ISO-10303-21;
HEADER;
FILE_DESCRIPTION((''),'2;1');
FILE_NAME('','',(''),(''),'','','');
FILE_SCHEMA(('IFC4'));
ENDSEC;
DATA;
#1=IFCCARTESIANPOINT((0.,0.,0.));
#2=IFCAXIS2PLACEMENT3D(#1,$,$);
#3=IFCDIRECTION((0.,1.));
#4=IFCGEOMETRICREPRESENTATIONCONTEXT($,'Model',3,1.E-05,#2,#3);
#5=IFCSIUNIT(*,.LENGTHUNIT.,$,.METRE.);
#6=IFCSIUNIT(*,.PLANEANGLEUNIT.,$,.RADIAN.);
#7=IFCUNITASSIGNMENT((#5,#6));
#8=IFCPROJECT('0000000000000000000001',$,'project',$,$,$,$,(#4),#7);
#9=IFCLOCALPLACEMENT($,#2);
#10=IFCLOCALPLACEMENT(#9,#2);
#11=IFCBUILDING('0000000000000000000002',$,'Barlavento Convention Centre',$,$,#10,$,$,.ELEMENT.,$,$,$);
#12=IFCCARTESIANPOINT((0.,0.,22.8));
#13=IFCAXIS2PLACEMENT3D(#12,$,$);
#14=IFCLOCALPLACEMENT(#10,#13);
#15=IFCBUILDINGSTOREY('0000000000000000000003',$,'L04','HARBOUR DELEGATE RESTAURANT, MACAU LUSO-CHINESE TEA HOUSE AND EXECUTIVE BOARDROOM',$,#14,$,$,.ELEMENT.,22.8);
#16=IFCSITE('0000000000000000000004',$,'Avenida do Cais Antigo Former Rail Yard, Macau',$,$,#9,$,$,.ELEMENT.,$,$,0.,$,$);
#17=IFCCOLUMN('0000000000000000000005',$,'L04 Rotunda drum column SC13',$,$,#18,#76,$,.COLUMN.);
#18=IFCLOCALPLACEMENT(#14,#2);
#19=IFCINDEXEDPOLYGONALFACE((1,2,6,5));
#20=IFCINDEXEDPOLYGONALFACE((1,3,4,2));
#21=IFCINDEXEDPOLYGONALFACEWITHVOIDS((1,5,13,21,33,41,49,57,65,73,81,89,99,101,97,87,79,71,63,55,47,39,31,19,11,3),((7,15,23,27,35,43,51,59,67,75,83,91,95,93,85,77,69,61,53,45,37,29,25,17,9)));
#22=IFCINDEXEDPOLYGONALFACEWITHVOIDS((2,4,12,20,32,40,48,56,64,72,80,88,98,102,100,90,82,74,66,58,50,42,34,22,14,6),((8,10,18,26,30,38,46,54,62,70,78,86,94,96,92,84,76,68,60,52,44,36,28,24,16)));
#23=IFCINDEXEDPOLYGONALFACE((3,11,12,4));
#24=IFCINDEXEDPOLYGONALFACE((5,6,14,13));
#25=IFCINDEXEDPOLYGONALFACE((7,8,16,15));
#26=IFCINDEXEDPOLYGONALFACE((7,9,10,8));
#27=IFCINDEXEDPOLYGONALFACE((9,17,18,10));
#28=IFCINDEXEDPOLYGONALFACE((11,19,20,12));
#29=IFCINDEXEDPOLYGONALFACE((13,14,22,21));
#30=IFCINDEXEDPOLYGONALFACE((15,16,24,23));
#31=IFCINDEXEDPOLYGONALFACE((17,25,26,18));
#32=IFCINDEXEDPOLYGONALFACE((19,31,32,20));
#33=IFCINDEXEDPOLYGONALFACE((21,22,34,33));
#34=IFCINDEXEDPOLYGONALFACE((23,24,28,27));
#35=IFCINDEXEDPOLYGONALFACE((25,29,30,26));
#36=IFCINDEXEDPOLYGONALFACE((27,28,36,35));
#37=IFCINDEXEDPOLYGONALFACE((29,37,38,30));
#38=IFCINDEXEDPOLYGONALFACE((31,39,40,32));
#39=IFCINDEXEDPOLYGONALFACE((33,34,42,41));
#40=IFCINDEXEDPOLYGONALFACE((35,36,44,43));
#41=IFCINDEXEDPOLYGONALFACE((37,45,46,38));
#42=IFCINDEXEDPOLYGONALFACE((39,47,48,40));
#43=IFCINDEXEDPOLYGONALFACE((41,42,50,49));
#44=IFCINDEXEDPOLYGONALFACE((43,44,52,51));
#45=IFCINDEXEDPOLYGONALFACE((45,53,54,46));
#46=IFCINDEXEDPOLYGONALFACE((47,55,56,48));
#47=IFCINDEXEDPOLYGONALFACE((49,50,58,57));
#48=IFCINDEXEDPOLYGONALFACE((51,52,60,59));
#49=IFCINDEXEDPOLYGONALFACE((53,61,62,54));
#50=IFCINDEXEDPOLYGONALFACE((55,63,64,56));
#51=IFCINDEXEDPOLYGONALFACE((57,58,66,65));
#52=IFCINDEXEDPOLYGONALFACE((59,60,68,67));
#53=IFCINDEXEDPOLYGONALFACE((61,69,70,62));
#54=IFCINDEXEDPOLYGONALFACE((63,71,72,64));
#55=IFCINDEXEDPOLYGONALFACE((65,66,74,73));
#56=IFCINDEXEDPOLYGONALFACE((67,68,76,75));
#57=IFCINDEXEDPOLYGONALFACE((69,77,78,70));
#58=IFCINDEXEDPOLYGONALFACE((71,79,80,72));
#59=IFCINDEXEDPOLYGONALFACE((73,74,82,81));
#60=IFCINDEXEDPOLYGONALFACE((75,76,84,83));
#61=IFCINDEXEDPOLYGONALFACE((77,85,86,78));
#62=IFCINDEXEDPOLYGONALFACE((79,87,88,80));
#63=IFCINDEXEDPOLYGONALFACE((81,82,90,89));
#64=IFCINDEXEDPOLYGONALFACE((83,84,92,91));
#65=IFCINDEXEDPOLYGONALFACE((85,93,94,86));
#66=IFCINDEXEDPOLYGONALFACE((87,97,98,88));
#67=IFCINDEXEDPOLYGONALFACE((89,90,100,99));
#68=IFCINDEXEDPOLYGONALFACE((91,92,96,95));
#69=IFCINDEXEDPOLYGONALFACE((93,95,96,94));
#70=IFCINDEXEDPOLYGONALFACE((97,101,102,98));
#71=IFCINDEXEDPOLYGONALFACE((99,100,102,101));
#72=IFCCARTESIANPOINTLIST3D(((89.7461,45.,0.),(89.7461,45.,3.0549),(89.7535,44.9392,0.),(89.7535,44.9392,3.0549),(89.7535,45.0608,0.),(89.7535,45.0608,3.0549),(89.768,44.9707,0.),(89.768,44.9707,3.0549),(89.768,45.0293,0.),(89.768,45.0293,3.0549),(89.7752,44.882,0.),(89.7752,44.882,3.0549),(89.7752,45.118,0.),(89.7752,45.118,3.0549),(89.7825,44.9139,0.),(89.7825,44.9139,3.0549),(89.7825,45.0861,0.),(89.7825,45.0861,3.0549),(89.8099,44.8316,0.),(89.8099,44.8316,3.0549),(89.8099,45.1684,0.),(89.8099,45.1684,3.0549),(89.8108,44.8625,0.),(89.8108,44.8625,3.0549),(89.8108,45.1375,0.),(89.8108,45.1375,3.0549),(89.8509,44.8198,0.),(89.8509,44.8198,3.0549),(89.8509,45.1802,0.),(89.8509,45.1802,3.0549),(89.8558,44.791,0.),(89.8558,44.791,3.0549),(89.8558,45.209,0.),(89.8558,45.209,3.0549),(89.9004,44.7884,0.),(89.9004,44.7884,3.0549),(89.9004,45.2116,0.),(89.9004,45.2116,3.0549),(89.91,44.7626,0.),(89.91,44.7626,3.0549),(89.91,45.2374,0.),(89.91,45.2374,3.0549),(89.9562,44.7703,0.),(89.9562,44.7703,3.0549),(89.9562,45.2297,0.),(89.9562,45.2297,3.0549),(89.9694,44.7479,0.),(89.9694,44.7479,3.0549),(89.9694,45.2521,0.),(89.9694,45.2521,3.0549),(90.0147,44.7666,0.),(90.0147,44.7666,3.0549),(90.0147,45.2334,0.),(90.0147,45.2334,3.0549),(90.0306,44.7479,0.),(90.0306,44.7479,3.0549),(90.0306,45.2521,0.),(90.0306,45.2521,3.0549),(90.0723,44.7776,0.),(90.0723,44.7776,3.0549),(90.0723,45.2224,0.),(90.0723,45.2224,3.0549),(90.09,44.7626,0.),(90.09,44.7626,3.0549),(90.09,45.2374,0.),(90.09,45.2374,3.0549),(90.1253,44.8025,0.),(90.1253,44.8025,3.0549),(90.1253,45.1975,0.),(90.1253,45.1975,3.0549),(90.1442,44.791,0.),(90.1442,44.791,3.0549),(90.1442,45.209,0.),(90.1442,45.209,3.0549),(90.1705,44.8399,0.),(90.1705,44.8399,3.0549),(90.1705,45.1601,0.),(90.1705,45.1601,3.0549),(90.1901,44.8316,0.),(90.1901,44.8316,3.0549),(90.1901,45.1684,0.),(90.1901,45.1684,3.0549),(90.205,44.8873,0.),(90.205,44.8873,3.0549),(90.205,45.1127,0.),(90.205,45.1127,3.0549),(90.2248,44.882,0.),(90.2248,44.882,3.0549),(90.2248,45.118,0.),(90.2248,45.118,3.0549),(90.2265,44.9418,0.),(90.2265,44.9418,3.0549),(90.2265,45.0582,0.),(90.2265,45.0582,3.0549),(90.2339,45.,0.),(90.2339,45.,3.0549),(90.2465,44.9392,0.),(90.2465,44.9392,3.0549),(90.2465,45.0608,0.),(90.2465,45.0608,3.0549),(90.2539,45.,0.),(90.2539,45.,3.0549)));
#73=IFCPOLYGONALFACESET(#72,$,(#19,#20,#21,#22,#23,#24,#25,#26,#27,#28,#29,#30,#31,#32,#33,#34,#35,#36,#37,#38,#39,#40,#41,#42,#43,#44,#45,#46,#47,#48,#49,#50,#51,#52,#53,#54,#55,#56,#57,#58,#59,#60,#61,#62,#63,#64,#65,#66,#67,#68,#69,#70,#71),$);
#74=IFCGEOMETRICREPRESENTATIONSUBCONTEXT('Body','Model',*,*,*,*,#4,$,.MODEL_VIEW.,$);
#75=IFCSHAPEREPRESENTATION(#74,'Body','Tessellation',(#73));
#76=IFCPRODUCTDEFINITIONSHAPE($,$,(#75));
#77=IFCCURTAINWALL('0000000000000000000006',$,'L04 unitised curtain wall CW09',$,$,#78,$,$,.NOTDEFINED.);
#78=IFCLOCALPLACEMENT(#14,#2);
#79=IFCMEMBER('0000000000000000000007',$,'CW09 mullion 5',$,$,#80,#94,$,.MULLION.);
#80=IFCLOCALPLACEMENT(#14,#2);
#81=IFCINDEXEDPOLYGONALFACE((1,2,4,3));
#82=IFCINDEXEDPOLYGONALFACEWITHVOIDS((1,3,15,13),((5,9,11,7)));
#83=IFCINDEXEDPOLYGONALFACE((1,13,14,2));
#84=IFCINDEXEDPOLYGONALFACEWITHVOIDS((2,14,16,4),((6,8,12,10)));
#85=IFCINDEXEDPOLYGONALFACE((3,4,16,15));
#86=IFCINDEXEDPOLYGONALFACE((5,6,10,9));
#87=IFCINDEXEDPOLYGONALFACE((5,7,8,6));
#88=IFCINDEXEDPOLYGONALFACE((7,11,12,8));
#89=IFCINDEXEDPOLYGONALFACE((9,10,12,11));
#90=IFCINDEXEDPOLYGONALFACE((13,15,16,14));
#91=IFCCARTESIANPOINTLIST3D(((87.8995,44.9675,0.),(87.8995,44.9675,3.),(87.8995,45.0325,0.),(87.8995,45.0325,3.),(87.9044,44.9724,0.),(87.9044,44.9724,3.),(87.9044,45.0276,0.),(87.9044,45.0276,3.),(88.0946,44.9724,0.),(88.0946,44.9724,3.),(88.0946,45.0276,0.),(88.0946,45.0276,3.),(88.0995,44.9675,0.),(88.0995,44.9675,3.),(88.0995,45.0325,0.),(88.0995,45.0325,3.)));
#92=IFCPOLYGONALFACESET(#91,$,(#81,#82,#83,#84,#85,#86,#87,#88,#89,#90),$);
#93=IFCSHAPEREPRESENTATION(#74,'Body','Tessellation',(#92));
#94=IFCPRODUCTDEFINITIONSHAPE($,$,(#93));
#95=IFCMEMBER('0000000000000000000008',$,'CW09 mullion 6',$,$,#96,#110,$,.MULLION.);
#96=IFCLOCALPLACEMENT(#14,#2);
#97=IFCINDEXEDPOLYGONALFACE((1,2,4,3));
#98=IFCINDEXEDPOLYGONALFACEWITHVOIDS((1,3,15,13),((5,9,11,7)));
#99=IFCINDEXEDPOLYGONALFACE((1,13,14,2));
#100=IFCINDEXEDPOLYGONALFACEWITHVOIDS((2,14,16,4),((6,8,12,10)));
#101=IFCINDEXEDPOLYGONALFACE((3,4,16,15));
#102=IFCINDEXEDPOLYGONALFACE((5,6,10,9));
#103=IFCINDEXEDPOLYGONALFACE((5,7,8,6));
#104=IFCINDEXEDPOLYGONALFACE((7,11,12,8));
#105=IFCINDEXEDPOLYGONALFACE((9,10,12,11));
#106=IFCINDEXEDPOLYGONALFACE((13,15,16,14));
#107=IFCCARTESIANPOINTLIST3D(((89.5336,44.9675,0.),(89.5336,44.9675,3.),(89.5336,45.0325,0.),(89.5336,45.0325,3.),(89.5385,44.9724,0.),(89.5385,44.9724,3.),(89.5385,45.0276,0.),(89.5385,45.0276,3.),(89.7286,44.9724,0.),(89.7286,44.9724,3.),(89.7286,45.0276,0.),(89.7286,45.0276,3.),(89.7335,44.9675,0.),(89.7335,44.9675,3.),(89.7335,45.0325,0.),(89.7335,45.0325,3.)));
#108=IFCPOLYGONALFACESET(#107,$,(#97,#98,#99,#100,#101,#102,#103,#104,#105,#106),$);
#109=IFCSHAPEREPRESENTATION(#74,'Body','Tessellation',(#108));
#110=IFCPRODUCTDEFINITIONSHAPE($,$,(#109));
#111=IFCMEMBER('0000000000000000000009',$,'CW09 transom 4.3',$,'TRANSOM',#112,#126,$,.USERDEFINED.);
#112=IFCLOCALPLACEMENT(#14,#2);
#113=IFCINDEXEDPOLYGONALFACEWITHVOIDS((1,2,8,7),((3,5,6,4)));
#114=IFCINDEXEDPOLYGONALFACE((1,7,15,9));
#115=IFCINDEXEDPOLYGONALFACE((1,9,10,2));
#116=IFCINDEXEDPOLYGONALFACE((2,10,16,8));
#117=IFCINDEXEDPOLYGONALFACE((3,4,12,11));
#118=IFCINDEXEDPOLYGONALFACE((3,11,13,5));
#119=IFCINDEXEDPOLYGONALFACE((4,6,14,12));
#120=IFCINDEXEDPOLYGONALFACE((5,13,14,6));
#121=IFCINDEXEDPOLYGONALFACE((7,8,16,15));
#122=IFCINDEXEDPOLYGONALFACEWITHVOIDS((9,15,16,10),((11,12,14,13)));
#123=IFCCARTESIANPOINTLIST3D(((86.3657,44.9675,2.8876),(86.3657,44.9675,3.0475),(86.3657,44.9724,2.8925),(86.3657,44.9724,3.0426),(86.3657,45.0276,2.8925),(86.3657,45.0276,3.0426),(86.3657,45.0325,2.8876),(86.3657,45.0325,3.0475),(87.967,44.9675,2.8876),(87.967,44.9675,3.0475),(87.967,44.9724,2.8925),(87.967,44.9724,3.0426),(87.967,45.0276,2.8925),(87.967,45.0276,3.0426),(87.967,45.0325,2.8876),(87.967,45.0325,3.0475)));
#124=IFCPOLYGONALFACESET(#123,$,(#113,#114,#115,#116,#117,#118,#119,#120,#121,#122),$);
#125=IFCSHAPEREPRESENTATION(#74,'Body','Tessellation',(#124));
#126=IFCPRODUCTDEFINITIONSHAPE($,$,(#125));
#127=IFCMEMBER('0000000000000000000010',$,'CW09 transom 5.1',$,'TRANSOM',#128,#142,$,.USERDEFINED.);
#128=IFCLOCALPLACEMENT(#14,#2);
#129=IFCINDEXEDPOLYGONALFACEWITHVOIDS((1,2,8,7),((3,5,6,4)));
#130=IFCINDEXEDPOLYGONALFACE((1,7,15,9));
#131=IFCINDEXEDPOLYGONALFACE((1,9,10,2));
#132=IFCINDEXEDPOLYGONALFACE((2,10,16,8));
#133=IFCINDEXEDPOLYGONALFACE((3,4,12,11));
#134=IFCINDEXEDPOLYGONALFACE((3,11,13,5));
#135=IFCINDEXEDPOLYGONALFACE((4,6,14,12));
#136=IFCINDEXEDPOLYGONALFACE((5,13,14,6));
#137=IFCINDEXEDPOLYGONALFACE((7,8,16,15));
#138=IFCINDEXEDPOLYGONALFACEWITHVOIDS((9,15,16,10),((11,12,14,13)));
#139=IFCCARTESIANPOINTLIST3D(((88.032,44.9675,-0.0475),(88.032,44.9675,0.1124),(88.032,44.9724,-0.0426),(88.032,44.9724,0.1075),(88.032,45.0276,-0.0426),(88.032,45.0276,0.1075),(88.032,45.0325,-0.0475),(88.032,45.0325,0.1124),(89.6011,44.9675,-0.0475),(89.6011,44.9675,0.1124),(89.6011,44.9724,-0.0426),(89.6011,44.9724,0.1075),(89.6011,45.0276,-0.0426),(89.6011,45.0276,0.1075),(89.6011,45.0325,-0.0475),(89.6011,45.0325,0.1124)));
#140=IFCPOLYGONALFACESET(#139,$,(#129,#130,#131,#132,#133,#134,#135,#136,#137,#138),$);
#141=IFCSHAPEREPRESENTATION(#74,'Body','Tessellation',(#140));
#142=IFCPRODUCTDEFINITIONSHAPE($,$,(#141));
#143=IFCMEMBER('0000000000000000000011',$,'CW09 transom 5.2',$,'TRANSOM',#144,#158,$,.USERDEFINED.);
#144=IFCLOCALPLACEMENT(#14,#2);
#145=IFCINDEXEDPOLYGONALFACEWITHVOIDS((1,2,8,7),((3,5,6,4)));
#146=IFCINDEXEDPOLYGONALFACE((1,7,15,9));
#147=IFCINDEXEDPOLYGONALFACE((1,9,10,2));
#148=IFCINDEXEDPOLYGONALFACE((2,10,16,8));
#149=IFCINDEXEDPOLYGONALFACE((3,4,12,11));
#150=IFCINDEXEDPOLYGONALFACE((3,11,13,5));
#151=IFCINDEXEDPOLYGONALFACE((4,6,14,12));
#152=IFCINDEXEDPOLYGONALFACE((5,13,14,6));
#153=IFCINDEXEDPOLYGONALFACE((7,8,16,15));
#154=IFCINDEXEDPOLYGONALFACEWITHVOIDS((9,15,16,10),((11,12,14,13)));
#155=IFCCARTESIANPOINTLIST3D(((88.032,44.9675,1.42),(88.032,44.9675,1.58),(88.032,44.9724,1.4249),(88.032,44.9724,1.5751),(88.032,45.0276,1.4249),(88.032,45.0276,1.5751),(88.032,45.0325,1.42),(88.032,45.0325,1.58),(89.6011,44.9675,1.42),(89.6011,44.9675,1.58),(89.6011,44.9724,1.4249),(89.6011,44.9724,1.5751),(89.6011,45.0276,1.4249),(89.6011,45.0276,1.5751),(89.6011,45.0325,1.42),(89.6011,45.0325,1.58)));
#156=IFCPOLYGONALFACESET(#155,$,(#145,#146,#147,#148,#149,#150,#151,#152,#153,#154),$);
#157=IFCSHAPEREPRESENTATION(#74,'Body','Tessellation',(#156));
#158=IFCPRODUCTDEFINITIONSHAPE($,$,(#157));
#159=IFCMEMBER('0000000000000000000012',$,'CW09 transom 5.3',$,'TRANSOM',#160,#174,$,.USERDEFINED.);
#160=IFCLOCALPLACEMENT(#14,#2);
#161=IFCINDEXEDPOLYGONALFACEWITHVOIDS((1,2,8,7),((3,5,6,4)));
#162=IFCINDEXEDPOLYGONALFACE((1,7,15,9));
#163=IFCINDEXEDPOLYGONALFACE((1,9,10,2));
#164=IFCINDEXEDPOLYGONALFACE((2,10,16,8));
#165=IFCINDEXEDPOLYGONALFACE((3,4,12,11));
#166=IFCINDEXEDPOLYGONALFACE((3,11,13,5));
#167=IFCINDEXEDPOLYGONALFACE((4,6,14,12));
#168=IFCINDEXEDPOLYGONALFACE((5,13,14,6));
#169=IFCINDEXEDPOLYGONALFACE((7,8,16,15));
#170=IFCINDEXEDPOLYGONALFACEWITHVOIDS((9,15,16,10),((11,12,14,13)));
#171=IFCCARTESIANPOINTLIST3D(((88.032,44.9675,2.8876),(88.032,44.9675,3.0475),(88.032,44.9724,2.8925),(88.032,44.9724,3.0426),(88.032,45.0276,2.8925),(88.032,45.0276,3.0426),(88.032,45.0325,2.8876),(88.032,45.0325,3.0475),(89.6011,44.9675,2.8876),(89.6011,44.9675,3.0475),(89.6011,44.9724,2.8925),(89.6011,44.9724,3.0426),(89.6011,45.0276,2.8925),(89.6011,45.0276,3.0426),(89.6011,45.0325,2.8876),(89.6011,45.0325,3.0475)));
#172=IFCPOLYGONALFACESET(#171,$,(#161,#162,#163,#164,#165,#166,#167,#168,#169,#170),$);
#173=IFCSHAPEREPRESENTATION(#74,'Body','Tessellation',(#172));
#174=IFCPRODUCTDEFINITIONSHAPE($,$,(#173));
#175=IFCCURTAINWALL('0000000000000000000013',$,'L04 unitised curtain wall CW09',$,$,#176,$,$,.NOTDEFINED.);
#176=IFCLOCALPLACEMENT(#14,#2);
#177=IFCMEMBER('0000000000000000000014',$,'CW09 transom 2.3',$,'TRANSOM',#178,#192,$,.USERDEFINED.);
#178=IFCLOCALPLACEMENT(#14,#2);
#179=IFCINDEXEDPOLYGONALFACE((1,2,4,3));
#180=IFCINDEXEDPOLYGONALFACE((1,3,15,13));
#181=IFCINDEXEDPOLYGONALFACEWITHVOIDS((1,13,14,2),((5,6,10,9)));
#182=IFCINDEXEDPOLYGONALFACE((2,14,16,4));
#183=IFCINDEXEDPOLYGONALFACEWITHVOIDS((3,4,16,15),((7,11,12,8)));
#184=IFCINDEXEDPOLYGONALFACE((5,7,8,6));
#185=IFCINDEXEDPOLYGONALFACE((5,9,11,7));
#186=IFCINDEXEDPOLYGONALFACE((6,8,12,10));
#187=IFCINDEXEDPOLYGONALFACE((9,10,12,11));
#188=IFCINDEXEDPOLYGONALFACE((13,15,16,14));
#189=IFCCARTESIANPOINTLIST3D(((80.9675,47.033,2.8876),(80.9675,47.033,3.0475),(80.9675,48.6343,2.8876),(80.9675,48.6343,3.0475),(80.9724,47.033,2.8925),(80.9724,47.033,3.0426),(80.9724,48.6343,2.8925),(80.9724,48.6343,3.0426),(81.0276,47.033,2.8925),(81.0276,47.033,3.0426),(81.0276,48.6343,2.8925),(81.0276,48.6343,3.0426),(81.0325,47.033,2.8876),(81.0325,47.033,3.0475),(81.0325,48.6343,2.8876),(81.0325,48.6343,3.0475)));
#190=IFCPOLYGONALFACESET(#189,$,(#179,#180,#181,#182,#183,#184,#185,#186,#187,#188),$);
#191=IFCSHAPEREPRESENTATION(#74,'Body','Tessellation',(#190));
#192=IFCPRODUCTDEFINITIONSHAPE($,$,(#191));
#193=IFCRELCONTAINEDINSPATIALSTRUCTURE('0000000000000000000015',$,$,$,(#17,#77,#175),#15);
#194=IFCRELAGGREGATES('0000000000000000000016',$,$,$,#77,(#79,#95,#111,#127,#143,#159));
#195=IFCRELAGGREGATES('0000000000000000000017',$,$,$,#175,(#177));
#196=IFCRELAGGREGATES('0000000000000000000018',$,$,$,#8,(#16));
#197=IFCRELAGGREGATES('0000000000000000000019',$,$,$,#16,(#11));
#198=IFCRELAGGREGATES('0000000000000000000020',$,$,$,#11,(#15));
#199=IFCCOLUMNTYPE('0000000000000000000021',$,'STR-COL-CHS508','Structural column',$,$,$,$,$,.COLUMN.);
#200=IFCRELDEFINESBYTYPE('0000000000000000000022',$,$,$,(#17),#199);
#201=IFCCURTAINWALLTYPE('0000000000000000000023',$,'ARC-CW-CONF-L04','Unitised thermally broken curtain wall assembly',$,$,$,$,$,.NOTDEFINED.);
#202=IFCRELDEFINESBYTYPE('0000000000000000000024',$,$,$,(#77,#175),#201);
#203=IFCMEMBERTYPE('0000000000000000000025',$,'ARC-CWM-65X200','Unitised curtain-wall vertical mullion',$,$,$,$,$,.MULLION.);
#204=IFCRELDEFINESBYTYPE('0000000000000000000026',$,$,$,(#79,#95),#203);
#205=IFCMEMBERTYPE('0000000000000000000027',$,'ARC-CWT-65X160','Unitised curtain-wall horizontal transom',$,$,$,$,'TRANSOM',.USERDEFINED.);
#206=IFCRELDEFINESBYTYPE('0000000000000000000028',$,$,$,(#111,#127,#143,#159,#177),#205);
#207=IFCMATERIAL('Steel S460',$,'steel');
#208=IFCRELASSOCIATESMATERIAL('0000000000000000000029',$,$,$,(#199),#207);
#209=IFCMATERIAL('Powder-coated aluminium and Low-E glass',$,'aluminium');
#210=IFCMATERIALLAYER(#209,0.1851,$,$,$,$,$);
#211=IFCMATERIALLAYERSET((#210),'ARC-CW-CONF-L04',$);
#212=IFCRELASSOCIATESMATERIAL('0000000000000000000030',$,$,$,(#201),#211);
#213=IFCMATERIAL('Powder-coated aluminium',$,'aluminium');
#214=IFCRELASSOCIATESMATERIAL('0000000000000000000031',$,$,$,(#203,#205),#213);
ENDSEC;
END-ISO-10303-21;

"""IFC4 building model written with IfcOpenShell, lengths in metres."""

from ifc_helpers import new_model, si_unit, direction, frame, origin, origin_2d, place, context, subcontext, project, spatial, hollow_rectangle, hollow_circle, extrude, material, layer, layer_set, material_profile, profile_set, type_object, element, aggregate, save


model = new_model("IFC4")

# Units and contexts
model_context = context("Model", 3, precision=1e-05, world=origin(), true_north=direction((0.0, 1.0)))
body_context = subcontext(model_context, "Body", "Model", "MODEL_VIEW")
ifc_project = project(units=[si_unit("LENGTHUNIT", "METRE"), si_unit("PLANEANGLEUNIT", "RADIAN")], contexts=[model_context])

# Site, building, storey
site_placement = place(None, origin())
site = spatial("IfcSite", under=ifc_project, at=site_placement, Name="Avenida do Cais Antigo Former Rail Yard, Macau", CompositionType="ELEMENT", RefElevation=0.0)
building_placement = place(site_placement, origin())
building = spatial("IfcBuilding", under=site, at=building_placement, Name="Barlavento Convention Centre", CompositionType="ELEMENT")
storey_placement = place(building_placement, frame((0.0, 0.0, 22.8)))
storey = spatial("IfcBuildingStorey", under=building, at=storey_placement, Name="L04", Description="HARBOUR DELEGATE RESTAURANT, MACAU LUSO-CHINESE TEA HOUSE AND EXECUTIVE BOARDROOM", CompositionType="ELEMENT", Elevation=22.8)

# Column
ifc_material_1 = material(Name="Steel S460", Category="steel")
ifc_material_profile_1 = material_profile(ifc_material_1, hollow_circle(Radius=0.2539, WallThickness=0.02, at=origin_2d()), Name="CHS 508.0x20.0")
ifc_profile_set_1 = profile_set([ifc_material_profile_1], Name="Steel S460")
column_type = type_object("IfcColumnType", Name="STR-COL-CHS508", Description="Structural column", PredefinedType="COLUMN", material=ifc_profile_set_1)
column_placement = place(storey_placement, frame((90.0, 45.0, 0.0), z_axis=(0.0, 0.0, 1.0), x_axis=(1.0, 0.0, 0.0)))
element("IfcColumn", 1, at=column_placement, inside=storey, type_object=column_type, Name="L04 Rotunda drum column SC13", PredefinedType="COLUMN", context=body_context, shape_type="SweptSolid", body=[
    extrude(hollow_circle(Radius=0.2539, WallThickness=0.02, at=origin_2d()), origin(), (0.0, 0.0, 1.0), 3.0549),
])

# Curtain wall, members
ifc_material_2 = material(Name="Powder-coated aluminium and Low-E glass", Category="aluminium")
ifc_layer_1 = layer(ifc_material_2, 0.1851)
ifc_layer_set_1 = layer_set([ifc_layer_1], Name="ARC-CW-CONF-L04")
curtain_wall_type = type_object("IfcCurtainWallType", Name="ARC-CW-CONF-L04", Description="Unitised thermally broken curtain wall assembly", PredefinedType="NOTDEFINED", material=ifc_layer_set_1)
curtain_wall_1_placement = place(storey_placement, origin())
curtain_wall_1 = element("IfcCurtainWall", 2, at=curtain_wall_1_placement, inside=storey, type_object=curtain_wall_type, Name="L04 unitised curtain wall CW09", PredefinedType="NOTDEFINED")
ifc_material_3 = material(Name="Powder-coated aluminium", Category="aluminium")
ifc_material_profile_2 = material_profile(ifc_material_3, hollow_rectangle(XDim=0.0649, YDim=0.2, WallThickness=0.0049, at=origin_2d()), Name="AL-MULL 65x200x5")
ifc_profile_set_2 = profile_set([ifc_material_profile_2], Name="Powder-coated aluminium")
member_type_1 = type_object("IfcMemberType", Name="ARC-CWM-65X200", Description="Unitised curtain-wall vertical mullion", PredefinedType="MULLION", material=ifc_profile_set_2)
member_1_placement = place(storey_placement, frame((87.9995, 45.0, 0.0), z_axis=(0.0, 0.0, 1.0), x_axis=(0.0, 1.0, 0.0)))
member_1 = element("IfcMember", 3, at=member_1_placement, type_object=member_type_1, Name="CW09 mullion 5", PredefinedType="MULLION", context=body_context, shape_type="SweptSolid", body=[
    extrude(hollow_rectangle(XDim=0.0649, YDim=0.2, WallThickness=0.0049, at=origin_2d()), origin(), (0.0, 0.0, 1.0), 3.0),
])
member_2_placement = place(storey_placement, frame((89.6335, 45.0, 0.0), z_axis=(0.0, 0.0, 1.0), x_axis=(0.0, 1.0, 0.0)))
member_2 = element("IfcMember", 4, at=member_2_placement, type_object=member_type_1, Name="CW09 mullion 6", PredefinedType="MULLION", context=body_context, shape_type="SweptSolid", body=[
    extrude(hollow_rectangle(XDim=0.0649, YDim=0.2, WallThickness=0.0049, at=origin_2d()), origin(), (0.0, 0.0, 1.0), 3.0),
])
ifc_material_profile_3 = material_profile(ifc_material_3, hollow_rectangle(XDim=0.0649, YDim=0.1599, WallThickness=0.0049, at=origin_2d()), Name="AL-TRAN 65x160x5")
ifc_profile_set_3 = profile_set([ifc_material_profile_3], Name="Powder-coated aluminium")
member_type_2 = type_object("IfcMemberType", Name="ARC-CWT-65X160", Description="Unitised curtain-wall horizontal transom", ElementType="TRANSOM", PredefinedType="USERDEFINED", material=ifc_profile_set_3)
member_3_placement = place(storey_placement, frame((86.3657, 45.0, 2.9675), z_axis=(1.0, 0.0, 0.0), x_axis=(0.0, 1.0, 0.0)))
member_3 = element("IfcMember", 5, at=member_3_placement, type_object=member_type_2, Name="CW09 transom 4.3", ObjectType="TRANSOM", PredefinedType="USERDEFINED", context=body_context, shape_type="SweptSolid", body=[
    extrude(hollow_rectangle(XDim=0.0649, YDim=0.1599, WallThickness=0.0049, at=origin_2d()), origin(), (0.0, 0.0, 1.0), 1.6013),
])
member_4_placement = place(storey_placement, frame((88.032, 45.0, 0.0325), z_axis=(1.0, 0.0, 0.0), x_axis=(0.0, 1.0, 0.0)))
member_4 = element("IfcMember", 6, at=member_4_placement, type_object=member_type_2, Name="CW09 transom 5.1", ObjectType="TRANSOM", PredefinedType="USERDEFINED", context=body_context, shape_type="SweptSolid", body=[
    extrude(hollow_rectangle(XDim=0.0649, YDim=0.1599, WallThickness=0.0049, at=origin_2d()), origin(), (0.0, 0.0, 1.0), 1.5691),
])
member_5_placement = place(storey_placement, frame((88.032, 45.0, 1.5), z_axis=(1.0, 0.0, 0.0), x_axis=(0.0, 1.0, 0.0)))
member_5 = element("IfcMember", 7, at=member_5_placement, type_object=member_type_2, Name="CW09 transom 5.2", ObjectType="TRANSOM", PredefinedType="USERDEFINED", context=body_context, shape_type="SweptSolid", body=[
    extrude(hollow_rectangle(XDim=0.0649, YDim=0.1599, WallThickness=0.0049, at=origin_2d()), origin(), (0.0, 0.0, 1.0), 1.5691),
])
member_6_placement = place(storey_placement, frame((88.032, 45.0, 2.9675), z_axis=(1.0, 0.0, 0.0), x_axis=(0.0, 1.0, 0.0)))
member_6 = element("IfcMember", 8, at=member_6_placement, type_object=member_type_2, Name="CW09 transom 5.3", ObjectType="TRANSOM", PredefinedType="USERDEFINED", context=body_context, shape_type="SweptSolid", body=[
    extrude(hollow_rectangle(XDim=0.0649, YDim=0.1599, WallThickness=0.0049, at=origin_2d()), origin(), (0.0, 0.0, 1.0), 1.5691),
])

# Curtain wall, member
curtain_wall_2_placement = place(storey_placement, origin())
curtain_wall_2 = element("IfcCurtainWall", 9, at=curtain_wall_2_placement, inside=storey, type_object=curtain_wall_type, Name="L04 unitised curtain wall CW09", PredefinedType="NOTDEFINED")
member_7_placement = place(storey_placement, frame((81.0, 47.033, 2.9675), z_axis=(0.0, 1.0, 0.0), x_axis=(-1.0, 0.0, 0.0)))
member_7 = element("IfcMember", 10, at=member_7_placement, type_object=member_type_2, Name="CW09 transom 2.3", ObjectType="TRANSOM", PredefinedType="USERDEFINED", context=body_context, shape_type="SweptSolid", body=[
    extrude(hollow_rectangle(XDim=0.0649, YDim=0.1599, WallThickness=0.0049, at=origin_2d()), origin(), (0.0, 0.0, 1.0), 1.6013),
])

aggregate(curtain_wall_1, [member_1, member_2, member_3, member_4, member_5, member_6])
aggregate(curtain_wall_2, [member_7])

save(model, "model.ifc")
